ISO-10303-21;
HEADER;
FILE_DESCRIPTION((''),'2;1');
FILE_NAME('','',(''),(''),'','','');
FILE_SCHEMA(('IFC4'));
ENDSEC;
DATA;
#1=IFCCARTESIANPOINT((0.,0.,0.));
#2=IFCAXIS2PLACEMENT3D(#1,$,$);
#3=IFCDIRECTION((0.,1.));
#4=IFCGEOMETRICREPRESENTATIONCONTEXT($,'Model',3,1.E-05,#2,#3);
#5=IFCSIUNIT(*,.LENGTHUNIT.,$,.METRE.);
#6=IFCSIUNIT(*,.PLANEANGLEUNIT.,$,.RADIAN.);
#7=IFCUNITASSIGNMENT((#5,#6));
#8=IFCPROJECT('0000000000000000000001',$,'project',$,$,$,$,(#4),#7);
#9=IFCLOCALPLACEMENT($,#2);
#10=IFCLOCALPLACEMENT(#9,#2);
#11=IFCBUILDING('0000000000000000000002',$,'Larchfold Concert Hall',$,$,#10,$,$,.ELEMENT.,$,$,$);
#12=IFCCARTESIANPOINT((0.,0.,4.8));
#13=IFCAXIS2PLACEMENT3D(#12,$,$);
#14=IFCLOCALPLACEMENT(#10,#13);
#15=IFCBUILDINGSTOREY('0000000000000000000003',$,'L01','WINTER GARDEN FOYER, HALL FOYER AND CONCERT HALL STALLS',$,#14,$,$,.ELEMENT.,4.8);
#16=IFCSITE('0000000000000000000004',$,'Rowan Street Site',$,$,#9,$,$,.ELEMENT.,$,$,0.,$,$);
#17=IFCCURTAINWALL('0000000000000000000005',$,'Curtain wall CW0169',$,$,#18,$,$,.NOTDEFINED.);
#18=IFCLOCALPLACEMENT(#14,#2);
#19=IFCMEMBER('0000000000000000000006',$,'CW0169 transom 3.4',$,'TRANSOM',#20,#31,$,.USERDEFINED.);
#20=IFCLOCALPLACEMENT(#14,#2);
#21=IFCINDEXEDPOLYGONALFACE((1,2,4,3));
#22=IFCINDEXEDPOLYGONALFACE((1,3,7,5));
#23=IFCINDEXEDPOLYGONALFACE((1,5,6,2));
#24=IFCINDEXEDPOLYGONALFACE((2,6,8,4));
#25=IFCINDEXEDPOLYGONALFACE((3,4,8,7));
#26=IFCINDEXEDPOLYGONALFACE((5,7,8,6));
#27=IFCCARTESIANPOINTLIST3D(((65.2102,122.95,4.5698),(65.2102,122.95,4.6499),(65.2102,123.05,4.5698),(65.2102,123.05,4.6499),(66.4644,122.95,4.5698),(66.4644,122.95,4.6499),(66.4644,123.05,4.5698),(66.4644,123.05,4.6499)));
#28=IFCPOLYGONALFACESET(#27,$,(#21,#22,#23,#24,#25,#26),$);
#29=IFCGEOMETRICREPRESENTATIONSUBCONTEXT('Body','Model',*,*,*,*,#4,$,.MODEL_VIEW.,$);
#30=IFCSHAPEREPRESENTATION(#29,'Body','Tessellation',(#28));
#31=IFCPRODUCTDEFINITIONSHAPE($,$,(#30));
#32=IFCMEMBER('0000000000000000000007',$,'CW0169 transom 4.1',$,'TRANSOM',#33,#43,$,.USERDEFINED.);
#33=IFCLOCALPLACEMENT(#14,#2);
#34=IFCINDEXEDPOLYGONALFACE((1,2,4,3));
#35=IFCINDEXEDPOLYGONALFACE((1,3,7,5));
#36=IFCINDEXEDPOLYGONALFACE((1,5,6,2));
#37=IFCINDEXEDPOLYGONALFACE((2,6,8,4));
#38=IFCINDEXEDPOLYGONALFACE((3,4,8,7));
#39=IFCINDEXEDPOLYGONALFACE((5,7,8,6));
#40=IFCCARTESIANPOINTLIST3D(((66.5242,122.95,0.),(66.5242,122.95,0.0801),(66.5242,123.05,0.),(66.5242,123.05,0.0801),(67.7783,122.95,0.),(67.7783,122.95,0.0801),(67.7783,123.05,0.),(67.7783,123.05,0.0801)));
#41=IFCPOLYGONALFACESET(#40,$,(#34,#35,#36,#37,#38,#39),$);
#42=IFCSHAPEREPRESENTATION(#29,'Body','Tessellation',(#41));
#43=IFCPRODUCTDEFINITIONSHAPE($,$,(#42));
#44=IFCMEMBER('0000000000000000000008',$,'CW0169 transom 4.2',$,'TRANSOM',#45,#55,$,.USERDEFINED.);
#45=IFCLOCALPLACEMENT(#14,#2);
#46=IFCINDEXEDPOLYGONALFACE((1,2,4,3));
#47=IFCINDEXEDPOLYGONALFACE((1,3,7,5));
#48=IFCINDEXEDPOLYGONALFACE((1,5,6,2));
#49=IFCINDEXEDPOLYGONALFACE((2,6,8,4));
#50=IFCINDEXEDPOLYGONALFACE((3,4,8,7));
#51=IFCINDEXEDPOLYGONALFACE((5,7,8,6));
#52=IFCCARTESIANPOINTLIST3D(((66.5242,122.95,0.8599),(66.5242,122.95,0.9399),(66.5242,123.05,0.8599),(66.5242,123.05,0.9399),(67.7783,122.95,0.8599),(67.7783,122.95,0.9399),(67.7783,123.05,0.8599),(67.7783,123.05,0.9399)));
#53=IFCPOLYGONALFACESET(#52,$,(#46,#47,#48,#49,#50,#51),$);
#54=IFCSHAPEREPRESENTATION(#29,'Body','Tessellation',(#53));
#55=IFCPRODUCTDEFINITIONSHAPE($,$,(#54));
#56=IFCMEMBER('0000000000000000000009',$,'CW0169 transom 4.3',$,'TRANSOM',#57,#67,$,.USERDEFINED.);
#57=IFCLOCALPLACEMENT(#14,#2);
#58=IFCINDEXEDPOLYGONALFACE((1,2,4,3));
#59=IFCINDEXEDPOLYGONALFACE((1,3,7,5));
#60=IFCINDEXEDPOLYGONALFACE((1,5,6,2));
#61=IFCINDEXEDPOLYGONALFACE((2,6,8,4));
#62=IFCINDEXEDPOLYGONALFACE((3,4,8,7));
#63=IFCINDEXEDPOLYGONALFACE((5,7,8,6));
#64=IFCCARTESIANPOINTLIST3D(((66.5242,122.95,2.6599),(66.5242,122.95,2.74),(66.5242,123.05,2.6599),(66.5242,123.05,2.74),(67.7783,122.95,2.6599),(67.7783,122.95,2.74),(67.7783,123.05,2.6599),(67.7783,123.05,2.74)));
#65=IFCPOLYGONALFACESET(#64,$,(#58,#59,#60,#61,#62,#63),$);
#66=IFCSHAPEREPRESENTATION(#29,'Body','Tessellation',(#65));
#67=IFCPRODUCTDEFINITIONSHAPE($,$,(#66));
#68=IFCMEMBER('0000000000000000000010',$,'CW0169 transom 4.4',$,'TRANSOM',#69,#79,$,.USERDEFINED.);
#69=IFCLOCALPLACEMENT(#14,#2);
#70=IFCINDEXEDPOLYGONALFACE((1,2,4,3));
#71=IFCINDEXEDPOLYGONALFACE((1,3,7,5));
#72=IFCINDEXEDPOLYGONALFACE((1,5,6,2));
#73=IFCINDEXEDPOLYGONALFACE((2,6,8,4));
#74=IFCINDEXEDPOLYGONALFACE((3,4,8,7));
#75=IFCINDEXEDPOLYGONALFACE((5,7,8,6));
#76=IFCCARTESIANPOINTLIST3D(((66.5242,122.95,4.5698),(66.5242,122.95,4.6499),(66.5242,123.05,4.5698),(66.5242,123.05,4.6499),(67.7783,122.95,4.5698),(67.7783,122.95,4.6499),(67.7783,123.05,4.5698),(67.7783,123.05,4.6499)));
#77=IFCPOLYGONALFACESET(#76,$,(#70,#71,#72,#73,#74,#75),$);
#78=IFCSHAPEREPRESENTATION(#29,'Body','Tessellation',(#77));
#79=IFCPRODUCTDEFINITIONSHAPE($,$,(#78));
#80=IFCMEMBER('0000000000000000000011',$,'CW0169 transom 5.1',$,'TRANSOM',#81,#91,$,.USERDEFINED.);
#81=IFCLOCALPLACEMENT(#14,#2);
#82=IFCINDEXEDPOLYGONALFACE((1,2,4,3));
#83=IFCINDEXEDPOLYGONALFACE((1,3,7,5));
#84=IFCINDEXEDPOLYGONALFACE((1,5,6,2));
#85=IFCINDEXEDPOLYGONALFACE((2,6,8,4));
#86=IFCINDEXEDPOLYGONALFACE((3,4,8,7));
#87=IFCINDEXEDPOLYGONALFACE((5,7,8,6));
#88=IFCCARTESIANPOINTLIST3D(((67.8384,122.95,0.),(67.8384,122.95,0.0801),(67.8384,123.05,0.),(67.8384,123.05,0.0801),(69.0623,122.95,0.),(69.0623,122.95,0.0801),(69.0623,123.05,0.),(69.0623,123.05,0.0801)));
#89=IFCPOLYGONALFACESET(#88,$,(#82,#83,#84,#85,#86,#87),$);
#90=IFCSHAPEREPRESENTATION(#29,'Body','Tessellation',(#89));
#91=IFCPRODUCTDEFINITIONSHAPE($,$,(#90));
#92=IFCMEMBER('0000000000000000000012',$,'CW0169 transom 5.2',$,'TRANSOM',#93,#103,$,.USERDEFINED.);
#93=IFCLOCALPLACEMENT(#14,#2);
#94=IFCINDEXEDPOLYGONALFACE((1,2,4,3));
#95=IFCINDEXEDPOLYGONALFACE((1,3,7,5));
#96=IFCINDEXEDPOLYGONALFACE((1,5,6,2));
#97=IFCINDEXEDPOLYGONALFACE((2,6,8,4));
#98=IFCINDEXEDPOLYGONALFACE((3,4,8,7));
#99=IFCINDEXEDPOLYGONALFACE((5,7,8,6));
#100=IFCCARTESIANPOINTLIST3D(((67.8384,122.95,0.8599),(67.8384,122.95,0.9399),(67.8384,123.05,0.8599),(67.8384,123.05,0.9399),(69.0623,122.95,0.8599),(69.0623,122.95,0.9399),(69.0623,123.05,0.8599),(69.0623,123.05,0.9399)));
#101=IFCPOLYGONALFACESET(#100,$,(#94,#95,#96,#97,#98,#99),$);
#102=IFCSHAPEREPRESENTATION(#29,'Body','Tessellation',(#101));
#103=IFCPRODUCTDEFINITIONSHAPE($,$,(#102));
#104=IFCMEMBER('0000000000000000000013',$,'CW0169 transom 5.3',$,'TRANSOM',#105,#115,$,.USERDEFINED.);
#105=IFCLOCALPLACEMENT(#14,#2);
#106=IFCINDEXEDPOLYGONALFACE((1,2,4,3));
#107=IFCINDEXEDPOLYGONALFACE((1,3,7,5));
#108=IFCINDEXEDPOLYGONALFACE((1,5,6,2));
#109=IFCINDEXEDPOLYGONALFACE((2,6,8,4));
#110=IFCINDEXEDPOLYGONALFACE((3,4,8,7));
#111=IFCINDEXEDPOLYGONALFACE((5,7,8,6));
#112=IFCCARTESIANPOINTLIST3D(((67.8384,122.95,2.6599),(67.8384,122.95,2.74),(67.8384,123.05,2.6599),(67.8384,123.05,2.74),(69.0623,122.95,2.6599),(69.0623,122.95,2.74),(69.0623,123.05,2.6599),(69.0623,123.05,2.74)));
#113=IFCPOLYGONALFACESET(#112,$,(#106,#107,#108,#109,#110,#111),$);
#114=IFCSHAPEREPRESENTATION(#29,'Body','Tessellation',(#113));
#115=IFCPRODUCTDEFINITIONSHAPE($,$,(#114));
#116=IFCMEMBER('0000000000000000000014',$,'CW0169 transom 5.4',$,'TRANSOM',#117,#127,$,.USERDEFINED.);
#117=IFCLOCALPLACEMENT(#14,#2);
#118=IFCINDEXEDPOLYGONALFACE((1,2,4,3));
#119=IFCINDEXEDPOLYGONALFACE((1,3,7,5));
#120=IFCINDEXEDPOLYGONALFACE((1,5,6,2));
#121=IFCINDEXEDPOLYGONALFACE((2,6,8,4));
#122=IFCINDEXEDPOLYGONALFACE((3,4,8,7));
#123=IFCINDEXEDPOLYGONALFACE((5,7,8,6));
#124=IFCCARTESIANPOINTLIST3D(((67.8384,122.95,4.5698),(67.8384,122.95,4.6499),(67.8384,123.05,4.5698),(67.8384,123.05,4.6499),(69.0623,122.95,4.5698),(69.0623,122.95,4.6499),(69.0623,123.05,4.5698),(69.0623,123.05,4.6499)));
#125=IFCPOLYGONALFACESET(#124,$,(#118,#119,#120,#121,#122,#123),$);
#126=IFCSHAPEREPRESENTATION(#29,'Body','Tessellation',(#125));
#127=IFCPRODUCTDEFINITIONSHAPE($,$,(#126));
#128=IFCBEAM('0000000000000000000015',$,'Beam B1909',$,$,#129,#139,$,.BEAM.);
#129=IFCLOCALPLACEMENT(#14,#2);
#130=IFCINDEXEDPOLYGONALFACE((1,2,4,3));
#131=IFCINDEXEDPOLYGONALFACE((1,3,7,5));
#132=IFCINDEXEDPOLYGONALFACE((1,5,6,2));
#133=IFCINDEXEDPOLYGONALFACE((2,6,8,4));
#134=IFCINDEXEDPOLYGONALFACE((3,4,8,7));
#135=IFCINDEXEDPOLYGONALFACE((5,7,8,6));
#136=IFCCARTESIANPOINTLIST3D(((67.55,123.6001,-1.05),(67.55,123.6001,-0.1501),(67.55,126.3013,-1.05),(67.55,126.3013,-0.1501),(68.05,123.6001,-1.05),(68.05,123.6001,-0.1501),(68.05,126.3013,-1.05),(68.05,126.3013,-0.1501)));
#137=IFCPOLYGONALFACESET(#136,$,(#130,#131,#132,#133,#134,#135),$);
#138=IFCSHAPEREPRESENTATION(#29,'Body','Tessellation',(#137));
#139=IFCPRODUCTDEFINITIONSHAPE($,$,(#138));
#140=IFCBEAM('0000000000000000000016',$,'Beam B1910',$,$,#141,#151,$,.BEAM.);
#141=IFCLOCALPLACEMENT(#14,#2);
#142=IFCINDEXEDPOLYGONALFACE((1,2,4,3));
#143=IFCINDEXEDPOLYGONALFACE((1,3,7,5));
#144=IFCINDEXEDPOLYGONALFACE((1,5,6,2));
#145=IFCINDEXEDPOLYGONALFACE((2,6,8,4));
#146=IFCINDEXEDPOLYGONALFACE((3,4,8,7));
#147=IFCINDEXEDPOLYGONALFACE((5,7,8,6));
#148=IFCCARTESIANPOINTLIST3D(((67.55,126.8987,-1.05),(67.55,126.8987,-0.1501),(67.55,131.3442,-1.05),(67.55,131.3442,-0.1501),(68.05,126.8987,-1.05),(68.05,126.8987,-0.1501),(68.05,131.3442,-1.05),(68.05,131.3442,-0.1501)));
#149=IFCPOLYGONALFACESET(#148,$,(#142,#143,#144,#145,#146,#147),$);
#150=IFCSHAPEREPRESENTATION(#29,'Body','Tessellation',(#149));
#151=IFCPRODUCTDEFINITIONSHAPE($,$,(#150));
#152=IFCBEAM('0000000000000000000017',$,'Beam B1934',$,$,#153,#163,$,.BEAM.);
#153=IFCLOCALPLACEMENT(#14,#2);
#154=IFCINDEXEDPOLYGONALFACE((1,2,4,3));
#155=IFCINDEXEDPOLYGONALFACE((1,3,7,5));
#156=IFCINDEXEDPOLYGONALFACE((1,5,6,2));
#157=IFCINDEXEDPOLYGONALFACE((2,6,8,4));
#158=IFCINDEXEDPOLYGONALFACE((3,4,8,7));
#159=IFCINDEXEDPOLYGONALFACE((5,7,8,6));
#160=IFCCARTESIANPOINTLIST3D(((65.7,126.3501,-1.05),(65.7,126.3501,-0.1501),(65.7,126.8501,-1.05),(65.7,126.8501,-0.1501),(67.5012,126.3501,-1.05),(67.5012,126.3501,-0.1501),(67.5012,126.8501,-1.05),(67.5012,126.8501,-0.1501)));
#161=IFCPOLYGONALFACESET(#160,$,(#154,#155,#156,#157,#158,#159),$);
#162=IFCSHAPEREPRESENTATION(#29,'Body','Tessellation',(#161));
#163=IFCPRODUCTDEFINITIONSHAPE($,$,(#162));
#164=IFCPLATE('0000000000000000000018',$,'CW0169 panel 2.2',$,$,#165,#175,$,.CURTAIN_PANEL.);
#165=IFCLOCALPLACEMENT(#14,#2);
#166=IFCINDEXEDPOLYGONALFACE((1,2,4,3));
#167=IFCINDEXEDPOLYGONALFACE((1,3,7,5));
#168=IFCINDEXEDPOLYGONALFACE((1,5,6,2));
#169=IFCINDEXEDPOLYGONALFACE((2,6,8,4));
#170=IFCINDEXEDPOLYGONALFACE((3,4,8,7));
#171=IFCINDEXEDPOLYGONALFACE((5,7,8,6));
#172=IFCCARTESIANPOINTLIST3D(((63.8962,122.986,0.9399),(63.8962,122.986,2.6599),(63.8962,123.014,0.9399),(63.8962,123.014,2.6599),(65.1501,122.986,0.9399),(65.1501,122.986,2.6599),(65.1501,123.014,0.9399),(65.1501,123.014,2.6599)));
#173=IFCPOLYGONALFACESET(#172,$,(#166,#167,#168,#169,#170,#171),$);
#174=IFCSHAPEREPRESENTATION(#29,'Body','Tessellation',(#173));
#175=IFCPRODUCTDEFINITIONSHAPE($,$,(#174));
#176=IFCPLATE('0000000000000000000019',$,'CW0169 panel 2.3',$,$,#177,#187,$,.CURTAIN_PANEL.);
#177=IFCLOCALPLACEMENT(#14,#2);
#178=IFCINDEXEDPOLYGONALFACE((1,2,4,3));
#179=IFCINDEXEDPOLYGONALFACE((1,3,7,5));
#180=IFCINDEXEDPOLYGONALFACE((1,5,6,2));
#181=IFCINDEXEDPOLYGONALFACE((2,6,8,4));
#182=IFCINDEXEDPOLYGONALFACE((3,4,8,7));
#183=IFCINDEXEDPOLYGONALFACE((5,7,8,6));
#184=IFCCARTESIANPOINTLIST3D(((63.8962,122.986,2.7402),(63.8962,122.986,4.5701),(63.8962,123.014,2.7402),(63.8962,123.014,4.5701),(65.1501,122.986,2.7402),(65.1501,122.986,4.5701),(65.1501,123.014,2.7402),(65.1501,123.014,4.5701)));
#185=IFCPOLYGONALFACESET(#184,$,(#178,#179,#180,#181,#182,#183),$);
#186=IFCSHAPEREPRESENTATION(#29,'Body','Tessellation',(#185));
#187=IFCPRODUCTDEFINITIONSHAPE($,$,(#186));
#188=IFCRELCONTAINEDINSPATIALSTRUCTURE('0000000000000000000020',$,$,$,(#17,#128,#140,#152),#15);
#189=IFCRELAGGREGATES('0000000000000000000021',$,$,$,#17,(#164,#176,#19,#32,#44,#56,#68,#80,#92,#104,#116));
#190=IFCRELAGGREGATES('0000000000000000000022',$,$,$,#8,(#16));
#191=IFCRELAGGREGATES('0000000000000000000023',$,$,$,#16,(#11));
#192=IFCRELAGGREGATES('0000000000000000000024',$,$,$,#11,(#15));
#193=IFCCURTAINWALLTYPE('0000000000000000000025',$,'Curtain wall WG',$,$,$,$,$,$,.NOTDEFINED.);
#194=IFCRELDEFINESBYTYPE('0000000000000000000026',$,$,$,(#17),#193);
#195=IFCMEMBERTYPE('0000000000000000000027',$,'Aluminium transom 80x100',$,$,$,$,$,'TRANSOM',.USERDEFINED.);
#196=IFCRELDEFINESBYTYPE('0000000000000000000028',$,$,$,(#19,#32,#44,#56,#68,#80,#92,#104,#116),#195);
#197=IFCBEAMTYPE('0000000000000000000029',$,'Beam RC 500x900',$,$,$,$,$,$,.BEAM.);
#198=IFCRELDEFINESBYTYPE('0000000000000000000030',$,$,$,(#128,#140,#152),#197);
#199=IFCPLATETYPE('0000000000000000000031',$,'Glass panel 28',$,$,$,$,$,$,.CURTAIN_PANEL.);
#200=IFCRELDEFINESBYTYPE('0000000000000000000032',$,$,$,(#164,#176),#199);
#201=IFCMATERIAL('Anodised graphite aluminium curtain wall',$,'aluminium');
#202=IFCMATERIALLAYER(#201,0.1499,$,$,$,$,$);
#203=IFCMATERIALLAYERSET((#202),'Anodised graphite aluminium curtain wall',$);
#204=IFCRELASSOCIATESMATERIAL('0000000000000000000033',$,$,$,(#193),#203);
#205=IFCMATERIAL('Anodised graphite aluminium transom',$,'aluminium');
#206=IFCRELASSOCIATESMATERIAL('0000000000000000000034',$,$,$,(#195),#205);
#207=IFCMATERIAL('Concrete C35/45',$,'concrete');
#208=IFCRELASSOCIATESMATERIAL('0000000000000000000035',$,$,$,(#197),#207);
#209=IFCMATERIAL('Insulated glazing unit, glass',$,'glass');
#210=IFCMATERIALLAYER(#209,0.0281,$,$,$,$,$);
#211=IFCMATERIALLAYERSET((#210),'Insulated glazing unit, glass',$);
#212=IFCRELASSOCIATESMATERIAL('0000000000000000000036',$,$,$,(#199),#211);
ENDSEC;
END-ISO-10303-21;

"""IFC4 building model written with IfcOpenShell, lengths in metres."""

from ifc_helpers import new_model, si_unit, direction, frame, origin, origin_2d, place, context, subcontext, project, spatial, rectangle, extrude, material, layer, layer_set, material_profile, profile_set, type_object, element, aggregate, save


model = new_model("IFC4")

# Units and contexts
model_context = context("Model", 3, precision=1e-05, world=origin(), true_north=direction((0.0, 1.0)))
body_context = subcontext(model_context, "Body", "Model", "MODEL_VIEW")
ifc_project = project(units=[si_unit("LENGTHUNIT", "METRE"), si_unit("PLANEANGLEUNIT", "RADIAN")], contexts=[model_context])

# Site, building, storey
site_placement = place(None, origin())
site = spatial("IfcSite", under=ifc_project, at=site_placement, Name="Rowan Street Site", CompositionType="ELEMENT", RefElevation=0.0)
building_placement = place(site_placement, origin())
building = spatial("IfcBuilding", under=site, at=building_placement, Name="Larchfold Concert Hall", CompositionType="ELEMENT")
storey_placement = place(building_placement, frame((0.0, 0.0, 4.8)))
storey = spatial("IfcBuildingStorey", under=building, at=storey_placement, Name="L01", Description="WINTER GARDEN FOYER, HALL FOYER AND CONCERT HALL STALLS", CompositionType="ELEMENT", Elevation=4.8)

# Curtain wall, members
ifc_material_1 = material(Name="Anodised graphite aluminium curtain wall", Category="aluminium")
ifc_layer_1 = layer(ifc_material_1, 0.1499)
ifc_layer_set_1 = layer_set([ifc_layer_1], Name="Anodised graphite aluminium curtain wall")
curtain_wall_type = type_object("IfcCurtainWallType", Name="Curtain wall WG", PredefinedType="NOTDEFINED", material=ifc_layer_set_1)
curtain_wall_placement = place(storey_placement, origin())
curtain_wall = element("IfcCurtainWall", 1, at=curtain_wall_placement, inside=storey, type_object=curtain_wall_type, Name="Curtain wall CW0169", PredefinedType="NOTDEFINED")
ifc_material_2 = material(Name="Anodised graphite aluminium transom", Category="aluminium")
ifc_material_profile_1 = material_profile(ifc_material_2, rectangle(XDim=0.1001, YDim=0.0801, at=origin_2d()))
ifc_profile_set_1 = profile_set([ifc_material_profile_1], Name="Anodised graphite aluminium transom")
member_type_1 = type_object("IfcMemberType", Name="Aluminium transom 80x100", ElementType="TRANSOM", PredefinedType="USERDEFINED", material=ifc_profile_set_1)
member_1_placement = place(storey_placement, frame((65.2102, 123.0, 4.6099), z_axis=(1.0, 0.0, 0.0), x_axis=(0.0, 1.0, 0.0)))
member_1 = element("IfcMember", 2, at=member_1_placement, type_object=member_type_1, Name="CW0169 transom 3.4", ObjectType="TRANSOM", PredefinedType="USERDEFINED", context=body_context, shape_type="SweptSolid", body=[
    extrude(rectangle(XDim=0.1001, YDim=0.0801, at=origin_2d()), origin(), (0.0, 0.0, 1.0), 1.2542),
])
member_2_placement = place(storey_placement, frame((66.5242, 123.0, 0.04), z_axis=(1.0, 0.0, 0.0), x_axis=(0.0, 1.0, 0.0)))
member_2 = element("IfcMember", 3, at=member_2_placement, type_object=member_type_1, Name="CW0169 transom 4.1", ObjectType="TRANSOM", PredefinedType="USERDEFINED", context=body_context, shape_type="SweptSolid", body=[
    extrude(rectangle(XDim=0.1001, YDim=0.0801, at=origin_2d()), origin(), (0.0, 0.0, 1.0), 1.2542),
])
member_3_placement = place(storey_placement, frame((66.5242, 123.0, 0.8999), z_axis=(1.0, 0.0, 0.0), x_axis=(0.0, 1.0, 0.0)))
member_3 = element("IfcMember", 4, at=member_3_placement, type_object=member_type_1, Name="CW0169 transom 4.2", ObjectType="TRANSOM", PredefinedType="USERDEFINED", context=body_context, shape_type="SweptSolid", body=[
    extrude(rectangle(XDim=0.1001, YDim=0.0801, at=origin_2d()), origin(), (0.0, 0.0, 1.0), 1.2542),
])
member_4_placement = place(storey_placement, frame((66.5242, 123.0, 2.7), z_axis=(1.0, 0.0, 0.0), x_axis=(0.0, 1.0, 0.0)))
member_4 = element("IfcMember", 5, at=member_4_placement, type_object=member_type_1, Name="CW0169 transom 4.3", ObjectType="TRANSOM", PredefinedType="USERDEFINED", context=body_context, shape_type="SweptSolid", body=[
    extrude(rectangle(XDim=0.1001, YDim=0.0801, at=origin_2d()), origin(), (0.0, 0.0, 1.0), 1.2542),
])
member_5_placement = place(storey_placement, frame((66.5242, 123.0, 4.6099), z_axis=(1.0, 0.0, 0.0), x_axis=(0.0, 1.0, 0.0)))
member_5 = element("IfcMember", 6, at=member_5_placement, type_object=member_type_1, Name="CW0169 transom 4.4", ObjectType="TRANSOM", PredefinedType="USERDEFINED", context=body_context, shape_type="SweptSolid", body=[
    extrude(rectangle(XDim=0.1001, YDim=0.0801, at=origin_2d()), origin(), (0.0, 0.0, 1.0), 1.2542),
])
member_6_placement = place(storey_placement, frame((67.8384, 123.0, 0.04), z_axis=(1.0, 0.0, 0.0), x_axis=(0.0, 1.0, 0.0)))
member_6 = element("IfcMember", 7, at=member_6_placement, type_object=member_type_1, Name="CW0169 transom 5.1", ObjectType="TRANSOM", PredefinedType="USERDEFINED", context=body_context, shape_type="SweptSolid", body=[
    extrude(rectangle(XDim=0.1001, YDim=0.0801, at=origin_2d()), origin(), (0.0, 0.0, 1.0), 1.2239),
])
member_7_placement = place(storey_placement, frame((67.8384, 123.0, 0.8999), z_axis=(1.0, 0.0, 0.0), x_axis=(0.0, 1.0, 0.0)))
member_7 = element("IfcMember", 8, at=member_7_placement, type_object=member_type_1, Name="CW0169 transom 5.2", ObjectType="TRANSOM", PredefinedType="USERDEFINED", context=body_context, shape_type="SweptSolid", body=[
    extrude(rectangle(XDim=0.1001, YDim=0.0801, at=origin_2d()), origin(), (0.0, 0.0, 1.0), 1.2239),
])
member_8_placement = place(storey_placement, frame((67.8384, 123.0, 2.7), z_axis=(1.0, 0.0, 0.0), x_axis=(0.0, 1.0, 0.0)))
member_8 = element("IfcMember", 9, at=member_8_placement, type_object=member_type_1, Name="CW0169 transom 5.3", ObjectType="TRANSOM", PredefinedType="USERDEFINED", context=body_context, shape_type="SweptSolid", body=[
    extrude(rectangle(XDim=0.1001, YDim=0.0801, at=origin_2d()), origin(), (0.0, 0.0, 1.0), 1.2239),
])
member_9_placement = place(storey_placement, frame((67.8384, 123.0, 4.6099), z_axis=(1.0, 0.0, 0.0), x_axis=(0.0, 1.0, 0.0)))
member_9 = element("IfcMember", 10, at=member_9_placement, type_object=member_type_1, Name="CW0169 transom 5.4", ObjectType="TRANSOM", PredefinedType="USERDEFINED", context=body_context, shape_type="SweptSolid", body=[
    extrude(rectangle(XDim=0.1001, YDim=0.0801, at=origin_2d()), origin(), (0.0, 0.0, 1.0), 1.2239),
])

# Beams
ifc_material_3 = material(Name="Concrete C35/45", Category="concrete")
ifc_material_profile_2 = material_profile(ifc_material_3, rectangle(XDim=0.5, YDim=0.8999, at=origin_2d()))
ifc_profile_set_2 = profile_set([ifc_material_profile_2], Name="Concrete C35/45")
beam_type = type_object("IfcBeamType", Name="Beam RC 500x900", PredefinedType="BEAM", material=ifc_profile_set_2)
beam_1_placement = place(storey_placement, frame((67.8, 123.6001, -0.6001), z_axis=(0.0, 1.0, 0.0), x_axis=(-1.0, 0.0, 0.0)))
element("IfcBeam", 11, at=beam_1_placement, inside=storey, type_object=beam_type, Name="Beam B1909", PredefinedType="BEAM", context=body_context, shape_type="SweptSolid", body=[
    extrude(rectangle(XDim=0.5, YDim=0.8999, at=origin_2d()), origin(), (0.0, 0.0, 1.0), 2.7012),
])
beam_2_placement = place(storey_placement, frame((67.8, 126.8987, -0.6001), z_axis=(0.0, 1.0, 0.0), x_axis=(-1.0, 0.0, 0.0)))
element("IfcBeam", 12, at=beam_2_placement, inside=storey, type_object=beam_type, Name="Beam B1910", PredefinedType="BEAM", context=body_context, shape_type="SweptSolid", body=[
    extrude(rectangle(XDim=0.5, YDim=0.8999, at=origin_2d()), origin(), (0.0, 0.0, 1.0), 4.4456),
])
beam_3_placement = place(storey_placement, frame((65.7, 126.6001, -0.6001), z_axis=(1.0, 0.0, 0.0), x_axis=(0.0, 1.0, 0.0)))
element("IfcBeam", 13, at=beam_3_placement, inside=storey, type_object=beam_type, Name="Beam B1934", PredefinedType="BEAM", context=body_context, shape_type="SweptSolid", body=[
    extrude(rectangle(XDim=0.5, YDim=0.8999, at=origin_2d()), origin(), (0.0, 0.0, 1.0), 1.8013),
])

# Plates
ifc_material_4 = material(Name="Insulated glazing unit, glass", Category="glass")
ifc_layer_2 = layer(ifc_material_4, 0.0281)
ifc_layer_set_2 = layer_set([ifc_layer_2], Name="Insulated glazing unit, glass")
plate_type_1 = type_object("IfcPlateType", Name="Glass panel 28", PredefinedType="CURTAIN_PANEL", material=ifc_layer_set_2)
plate_1_placement = place(storey_placement, frame((64.5232, 123.0, 0.9399), z_axis=(0.0, 0.0, 1.0), x_axis=(1.0, 0.0, 0.0)))
plate_1 = element("IfcPlate", 14, at=plate_1_placement, type_object=plate_type_1, Name="CW0169 panel 2.2", PredefinedType="CURTAIN_PANEL", context=body_context, shape_type="SweptSolid", body=[
    extrude(rectangle(XDim=1.2539, YDim=0.0281, at=origin_2d()), origin(), (0.0, 0.0, 1.0), 1.72),
])
plate_2_placement = place(storey_placement, frame((64.5232, 123.0, 2.7402), z_axis=(0.0, 0.0, 1.0), x_axis=(1.0, 0.0, 0.0)))
plate_2 = element("IfcPlate", 15, at=plate_2_placement, type_object=plate_type_1, Name="CW0169 panel 2.3", PredefinedType="CURTAIN_PANEL", context=body_context, shape_type="SweptSolid", body=[
    extrude(rectangle(XDim=1.2539, YDim=0.0281, at=origin_2d()), origin(), (0.0, 0.0, 1.0), 1.8298),
])
aggregate(curtain_wall, [plate_1, plate_2, member_1, member_2, member_3, member_4, member_5, member_6, member_7, member_8, member_9])

save(model, "model.ifc")
